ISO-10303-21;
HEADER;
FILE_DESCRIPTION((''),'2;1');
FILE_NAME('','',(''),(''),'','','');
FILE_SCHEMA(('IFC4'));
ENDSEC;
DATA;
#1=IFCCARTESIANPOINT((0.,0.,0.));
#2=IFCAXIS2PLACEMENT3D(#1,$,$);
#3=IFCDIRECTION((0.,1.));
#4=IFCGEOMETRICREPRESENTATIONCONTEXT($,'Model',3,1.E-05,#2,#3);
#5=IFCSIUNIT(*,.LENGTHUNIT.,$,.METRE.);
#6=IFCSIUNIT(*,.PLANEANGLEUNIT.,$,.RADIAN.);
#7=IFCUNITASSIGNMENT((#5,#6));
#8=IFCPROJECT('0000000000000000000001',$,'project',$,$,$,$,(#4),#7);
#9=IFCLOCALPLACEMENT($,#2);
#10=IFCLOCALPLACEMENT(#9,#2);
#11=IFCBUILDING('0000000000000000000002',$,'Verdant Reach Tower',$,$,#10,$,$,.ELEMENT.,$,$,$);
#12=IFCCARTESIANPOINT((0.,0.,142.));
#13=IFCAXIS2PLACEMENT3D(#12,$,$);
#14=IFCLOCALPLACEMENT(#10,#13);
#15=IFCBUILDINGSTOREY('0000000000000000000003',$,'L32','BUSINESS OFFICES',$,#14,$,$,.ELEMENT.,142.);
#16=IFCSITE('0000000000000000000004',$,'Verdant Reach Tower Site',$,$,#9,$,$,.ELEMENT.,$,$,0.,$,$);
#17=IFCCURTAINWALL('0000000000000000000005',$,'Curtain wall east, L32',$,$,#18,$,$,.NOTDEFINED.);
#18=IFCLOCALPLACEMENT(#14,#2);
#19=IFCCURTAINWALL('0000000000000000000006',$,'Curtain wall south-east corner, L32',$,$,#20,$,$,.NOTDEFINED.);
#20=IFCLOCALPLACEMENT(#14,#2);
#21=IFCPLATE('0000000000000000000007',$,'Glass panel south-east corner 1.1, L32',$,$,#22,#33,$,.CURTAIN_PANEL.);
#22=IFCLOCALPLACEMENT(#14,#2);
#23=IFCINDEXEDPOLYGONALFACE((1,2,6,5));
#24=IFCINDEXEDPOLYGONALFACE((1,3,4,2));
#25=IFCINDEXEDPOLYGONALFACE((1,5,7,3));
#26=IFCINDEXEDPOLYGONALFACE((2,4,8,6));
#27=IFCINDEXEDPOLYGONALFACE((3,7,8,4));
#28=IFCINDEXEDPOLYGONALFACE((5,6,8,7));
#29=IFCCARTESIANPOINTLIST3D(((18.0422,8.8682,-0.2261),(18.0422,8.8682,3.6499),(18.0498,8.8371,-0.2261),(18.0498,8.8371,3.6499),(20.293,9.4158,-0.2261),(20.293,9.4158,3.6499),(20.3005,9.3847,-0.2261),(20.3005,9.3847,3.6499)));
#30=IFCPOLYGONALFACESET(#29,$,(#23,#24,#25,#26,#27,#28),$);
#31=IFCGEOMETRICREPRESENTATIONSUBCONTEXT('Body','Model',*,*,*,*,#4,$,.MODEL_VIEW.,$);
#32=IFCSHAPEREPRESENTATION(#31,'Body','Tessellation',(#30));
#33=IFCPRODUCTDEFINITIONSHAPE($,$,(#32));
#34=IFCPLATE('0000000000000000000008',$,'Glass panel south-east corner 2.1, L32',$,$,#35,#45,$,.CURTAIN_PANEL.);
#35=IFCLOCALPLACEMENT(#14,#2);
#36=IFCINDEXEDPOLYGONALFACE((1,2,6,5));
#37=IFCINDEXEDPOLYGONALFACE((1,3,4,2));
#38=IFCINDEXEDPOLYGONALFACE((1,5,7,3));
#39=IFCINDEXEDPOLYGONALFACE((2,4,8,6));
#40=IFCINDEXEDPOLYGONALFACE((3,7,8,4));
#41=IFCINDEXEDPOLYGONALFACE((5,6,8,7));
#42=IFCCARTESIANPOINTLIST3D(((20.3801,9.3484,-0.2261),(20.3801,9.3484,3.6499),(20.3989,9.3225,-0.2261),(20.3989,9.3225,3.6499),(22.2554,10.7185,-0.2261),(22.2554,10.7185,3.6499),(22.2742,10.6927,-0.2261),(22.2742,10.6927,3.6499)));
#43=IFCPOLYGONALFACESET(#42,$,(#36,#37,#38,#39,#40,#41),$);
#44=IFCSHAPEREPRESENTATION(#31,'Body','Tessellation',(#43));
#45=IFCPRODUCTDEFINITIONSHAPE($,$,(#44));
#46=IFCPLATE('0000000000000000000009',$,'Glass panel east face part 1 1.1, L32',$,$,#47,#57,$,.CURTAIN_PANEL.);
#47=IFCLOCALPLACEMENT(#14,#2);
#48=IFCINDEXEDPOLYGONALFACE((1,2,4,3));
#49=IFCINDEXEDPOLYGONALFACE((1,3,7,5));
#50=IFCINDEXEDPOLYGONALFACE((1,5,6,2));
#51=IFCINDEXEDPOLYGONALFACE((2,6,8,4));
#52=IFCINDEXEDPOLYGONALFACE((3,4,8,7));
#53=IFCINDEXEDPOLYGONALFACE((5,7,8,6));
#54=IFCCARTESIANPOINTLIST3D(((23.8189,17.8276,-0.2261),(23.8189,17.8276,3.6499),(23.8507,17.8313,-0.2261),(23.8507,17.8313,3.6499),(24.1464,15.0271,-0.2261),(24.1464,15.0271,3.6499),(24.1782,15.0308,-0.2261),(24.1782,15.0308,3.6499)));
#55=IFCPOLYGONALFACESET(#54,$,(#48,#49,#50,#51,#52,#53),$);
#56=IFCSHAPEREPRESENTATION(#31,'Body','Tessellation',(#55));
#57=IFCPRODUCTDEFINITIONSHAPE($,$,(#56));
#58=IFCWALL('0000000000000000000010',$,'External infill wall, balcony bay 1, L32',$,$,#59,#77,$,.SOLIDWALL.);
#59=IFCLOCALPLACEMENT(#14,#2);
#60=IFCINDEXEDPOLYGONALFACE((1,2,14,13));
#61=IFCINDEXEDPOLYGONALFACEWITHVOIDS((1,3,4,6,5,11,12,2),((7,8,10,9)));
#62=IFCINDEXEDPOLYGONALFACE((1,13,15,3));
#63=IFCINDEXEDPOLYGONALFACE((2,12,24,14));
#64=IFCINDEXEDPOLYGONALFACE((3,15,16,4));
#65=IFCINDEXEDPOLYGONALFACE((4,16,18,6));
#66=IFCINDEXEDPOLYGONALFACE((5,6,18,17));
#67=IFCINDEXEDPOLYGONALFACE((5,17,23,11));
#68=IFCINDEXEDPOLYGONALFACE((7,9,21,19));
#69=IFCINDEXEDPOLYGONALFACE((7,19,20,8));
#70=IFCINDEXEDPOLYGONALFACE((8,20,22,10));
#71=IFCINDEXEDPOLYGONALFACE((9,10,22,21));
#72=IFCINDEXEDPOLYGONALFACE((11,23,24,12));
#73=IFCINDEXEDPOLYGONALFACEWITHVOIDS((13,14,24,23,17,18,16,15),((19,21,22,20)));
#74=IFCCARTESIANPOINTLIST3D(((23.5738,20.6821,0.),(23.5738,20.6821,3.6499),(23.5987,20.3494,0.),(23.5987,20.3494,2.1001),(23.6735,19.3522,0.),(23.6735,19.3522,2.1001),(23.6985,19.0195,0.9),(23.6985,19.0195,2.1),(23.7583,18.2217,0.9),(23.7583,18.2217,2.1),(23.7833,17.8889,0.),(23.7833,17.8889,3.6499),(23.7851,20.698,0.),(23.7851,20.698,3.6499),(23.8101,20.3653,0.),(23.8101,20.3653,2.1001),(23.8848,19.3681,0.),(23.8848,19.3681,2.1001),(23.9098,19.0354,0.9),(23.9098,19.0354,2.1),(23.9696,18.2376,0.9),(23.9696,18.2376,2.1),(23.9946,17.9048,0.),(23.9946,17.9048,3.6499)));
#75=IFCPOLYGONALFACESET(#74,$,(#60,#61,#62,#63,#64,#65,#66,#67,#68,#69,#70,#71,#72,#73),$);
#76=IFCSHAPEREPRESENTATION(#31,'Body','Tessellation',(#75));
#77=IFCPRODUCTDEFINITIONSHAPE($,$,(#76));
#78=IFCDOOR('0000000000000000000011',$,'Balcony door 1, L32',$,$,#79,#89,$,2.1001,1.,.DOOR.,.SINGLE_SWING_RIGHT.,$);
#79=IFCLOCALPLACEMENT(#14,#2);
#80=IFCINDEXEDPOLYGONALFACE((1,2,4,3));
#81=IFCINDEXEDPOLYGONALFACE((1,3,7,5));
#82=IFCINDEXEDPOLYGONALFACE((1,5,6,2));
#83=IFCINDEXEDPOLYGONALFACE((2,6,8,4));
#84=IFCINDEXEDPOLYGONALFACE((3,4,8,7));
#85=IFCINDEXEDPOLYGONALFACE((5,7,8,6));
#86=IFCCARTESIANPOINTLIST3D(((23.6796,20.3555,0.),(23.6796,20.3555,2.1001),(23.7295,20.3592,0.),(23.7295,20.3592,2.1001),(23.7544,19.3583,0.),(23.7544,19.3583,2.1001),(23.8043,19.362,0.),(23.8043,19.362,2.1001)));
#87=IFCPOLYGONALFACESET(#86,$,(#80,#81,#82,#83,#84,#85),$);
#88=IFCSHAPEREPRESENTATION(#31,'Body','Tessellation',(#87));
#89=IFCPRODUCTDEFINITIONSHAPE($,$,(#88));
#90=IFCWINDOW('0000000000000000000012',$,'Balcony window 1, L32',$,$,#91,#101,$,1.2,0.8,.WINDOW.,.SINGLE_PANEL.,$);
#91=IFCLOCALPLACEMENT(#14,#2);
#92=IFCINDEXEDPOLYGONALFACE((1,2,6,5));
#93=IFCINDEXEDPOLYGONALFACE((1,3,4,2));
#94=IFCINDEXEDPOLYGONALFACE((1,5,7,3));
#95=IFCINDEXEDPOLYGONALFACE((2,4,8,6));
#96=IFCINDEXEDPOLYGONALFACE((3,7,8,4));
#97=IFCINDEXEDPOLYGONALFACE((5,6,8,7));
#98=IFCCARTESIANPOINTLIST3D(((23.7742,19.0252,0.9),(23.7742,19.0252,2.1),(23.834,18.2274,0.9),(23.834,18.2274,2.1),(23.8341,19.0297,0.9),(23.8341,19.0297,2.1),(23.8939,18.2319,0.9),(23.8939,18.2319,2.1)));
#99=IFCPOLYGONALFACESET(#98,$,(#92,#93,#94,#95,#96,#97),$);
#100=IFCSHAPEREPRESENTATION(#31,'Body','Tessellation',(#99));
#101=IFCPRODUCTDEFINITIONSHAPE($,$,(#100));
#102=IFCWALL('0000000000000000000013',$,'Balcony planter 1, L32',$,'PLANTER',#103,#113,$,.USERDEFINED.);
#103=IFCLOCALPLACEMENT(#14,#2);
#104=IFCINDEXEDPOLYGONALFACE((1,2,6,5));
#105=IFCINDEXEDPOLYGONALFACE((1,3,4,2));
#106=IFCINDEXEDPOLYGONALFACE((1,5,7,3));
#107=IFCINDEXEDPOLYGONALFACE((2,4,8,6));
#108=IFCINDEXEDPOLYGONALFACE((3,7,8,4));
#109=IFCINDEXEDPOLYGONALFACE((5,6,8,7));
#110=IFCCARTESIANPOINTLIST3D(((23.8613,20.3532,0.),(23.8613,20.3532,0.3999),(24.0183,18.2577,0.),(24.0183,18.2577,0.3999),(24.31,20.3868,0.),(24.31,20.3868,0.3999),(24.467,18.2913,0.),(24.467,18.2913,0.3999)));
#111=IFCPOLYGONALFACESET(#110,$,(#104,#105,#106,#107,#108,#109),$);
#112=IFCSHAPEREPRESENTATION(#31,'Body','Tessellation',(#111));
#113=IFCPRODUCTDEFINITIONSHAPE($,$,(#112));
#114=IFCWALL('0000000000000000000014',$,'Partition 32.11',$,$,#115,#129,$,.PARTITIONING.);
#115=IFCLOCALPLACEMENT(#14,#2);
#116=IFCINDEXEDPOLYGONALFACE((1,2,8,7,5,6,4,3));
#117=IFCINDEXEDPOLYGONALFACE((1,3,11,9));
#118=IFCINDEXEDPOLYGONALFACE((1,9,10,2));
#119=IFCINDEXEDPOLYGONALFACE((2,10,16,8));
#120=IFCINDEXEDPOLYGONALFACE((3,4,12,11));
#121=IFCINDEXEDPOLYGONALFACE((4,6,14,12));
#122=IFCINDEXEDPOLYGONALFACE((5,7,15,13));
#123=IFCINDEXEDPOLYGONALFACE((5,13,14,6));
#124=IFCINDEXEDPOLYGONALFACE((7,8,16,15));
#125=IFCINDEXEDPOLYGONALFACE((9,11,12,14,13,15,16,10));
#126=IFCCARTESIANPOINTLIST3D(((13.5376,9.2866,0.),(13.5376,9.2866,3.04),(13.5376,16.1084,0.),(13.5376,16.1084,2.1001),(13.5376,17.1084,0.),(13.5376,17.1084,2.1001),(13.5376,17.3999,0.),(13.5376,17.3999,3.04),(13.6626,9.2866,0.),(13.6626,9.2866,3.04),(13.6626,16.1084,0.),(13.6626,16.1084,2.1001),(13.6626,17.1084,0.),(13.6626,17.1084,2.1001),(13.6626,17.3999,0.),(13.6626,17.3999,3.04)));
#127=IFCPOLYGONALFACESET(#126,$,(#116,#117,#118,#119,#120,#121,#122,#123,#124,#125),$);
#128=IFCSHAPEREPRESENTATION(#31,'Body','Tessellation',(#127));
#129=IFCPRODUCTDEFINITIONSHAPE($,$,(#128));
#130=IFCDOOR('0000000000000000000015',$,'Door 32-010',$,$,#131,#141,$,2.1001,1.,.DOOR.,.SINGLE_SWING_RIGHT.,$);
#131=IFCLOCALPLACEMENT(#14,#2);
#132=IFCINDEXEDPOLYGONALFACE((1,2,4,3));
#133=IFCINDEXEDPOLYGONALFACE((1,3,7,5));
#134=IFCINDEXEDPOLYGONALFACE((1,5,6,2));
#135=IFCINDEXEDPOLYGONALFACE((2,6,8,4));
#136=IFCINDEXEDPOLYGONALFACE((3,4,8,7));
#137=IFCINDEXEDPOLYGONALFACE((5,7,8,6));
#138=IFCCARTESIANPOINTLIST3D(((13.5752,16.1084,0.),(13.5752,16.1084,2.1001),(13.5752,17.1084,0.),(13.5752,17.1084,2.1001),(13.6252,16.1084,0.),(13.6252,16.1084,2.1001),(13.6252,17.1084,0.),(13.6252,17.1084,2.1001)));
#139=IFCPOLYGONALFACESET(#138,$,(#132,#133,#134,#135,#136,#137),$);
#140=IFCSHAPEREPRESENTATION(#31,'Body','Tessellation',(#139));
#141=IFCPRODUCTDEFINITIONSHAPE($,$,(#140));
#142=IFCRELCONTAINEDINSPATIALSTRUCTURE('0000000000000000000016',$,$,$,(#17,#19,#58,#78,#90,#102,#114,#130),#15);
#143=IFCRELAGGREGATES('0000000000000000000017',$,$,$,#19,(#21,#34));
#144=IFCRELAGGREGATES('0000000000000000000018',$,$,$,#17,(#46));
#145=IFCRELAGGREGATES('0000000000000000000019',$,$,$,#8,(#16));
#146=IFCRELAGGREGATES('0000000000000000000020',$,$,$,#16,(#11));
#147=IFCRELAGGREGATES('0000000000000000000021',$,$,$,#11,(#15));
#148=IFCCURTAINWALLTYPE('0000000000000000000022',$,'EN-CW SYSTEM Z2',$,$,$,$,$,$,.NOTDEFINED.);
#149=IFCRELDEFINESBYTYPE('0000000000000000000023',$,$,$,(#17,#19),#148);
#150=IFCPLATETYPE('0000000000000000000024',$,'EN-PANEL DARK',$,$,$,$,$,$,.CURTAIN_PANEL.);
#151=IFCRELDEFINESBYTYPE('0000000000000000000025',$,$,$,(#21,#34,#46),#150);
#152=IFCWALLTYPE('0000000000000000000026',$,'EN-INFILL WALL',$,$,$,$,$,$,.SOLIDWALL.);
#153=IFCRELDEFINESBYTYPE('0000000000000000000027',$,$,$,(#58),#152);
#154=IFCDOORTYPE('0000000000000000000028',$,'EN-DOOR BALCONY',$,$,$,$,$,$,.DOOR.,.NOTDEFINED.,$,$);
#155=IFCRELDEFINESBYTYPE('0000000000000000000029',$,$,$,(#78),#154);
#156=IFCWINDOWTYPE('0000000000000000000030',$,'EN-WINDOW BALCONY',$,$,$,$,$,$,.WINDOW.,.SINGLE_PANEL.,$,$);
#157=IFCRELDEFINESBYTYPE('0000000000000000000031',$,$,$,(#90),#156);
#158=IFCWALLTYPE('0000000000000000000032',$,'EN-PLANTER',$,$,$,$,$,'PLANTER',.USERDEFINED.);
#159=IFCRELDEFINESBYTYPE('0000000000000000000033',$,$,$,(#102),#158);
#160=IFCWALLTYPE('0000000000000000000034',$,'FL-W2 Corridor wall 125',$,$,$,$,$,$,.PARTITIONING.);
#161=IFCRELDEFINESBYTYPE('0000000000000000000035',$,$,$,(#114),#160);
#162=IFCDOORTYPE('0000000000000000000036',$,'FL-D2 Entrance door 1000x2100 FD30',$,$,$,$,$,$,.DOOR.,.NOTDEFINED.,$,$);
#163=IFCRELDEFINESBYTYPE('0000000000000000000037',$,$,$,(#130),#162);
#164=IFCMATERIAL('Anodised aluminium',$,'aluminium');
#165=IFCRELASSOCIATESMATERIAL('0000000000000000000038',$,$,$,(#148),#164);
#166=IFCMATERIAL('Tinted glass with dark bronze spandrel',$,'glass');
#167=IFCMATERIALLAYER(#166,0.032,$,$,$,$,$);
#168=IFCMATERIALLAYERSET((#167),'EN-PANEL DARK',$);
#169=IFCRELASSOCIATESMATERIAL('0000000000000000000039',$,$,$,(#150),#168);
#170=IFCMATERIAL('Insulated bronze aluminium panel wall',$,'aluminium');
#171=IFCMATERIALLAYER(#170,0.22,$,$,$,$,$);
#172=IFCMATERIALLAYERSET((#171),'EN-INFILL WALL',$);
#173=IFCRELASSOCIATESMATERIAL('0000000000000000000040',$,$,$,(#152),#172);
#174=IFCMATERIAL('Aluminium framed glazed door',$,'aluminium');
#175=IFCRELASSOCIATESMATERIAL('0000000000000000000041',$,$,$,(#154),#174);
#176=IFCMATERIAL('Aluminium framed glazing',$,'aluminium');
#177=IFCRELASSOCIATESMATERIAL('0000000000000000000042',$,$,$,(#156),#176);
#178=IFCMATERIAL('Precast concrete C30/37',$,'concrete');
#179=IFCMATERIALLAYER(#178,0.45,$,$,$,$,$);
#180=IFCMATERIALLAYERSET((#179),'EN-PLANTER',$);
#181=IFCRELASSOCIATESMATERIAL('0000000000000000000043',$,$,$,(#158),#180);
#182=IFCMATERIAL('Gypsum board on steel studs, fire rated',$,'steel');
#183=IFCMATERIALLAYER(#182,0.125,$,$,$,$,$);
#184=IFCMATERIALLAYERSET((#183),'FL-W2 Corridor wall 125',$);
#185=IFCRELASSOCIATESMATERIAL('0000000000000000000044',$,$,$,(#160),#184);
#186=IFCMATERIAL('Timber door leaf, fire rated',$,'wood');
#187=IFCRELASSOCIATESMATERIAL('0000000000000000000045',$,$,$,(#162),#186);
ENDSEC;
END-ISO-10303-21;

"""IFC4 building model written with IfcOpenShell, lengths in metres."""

from ifc_helpers import new_model, si_unit, direction, frame, frame_2d, origin, origin_2d, place, context, subcontext, project, spatial, rectangle, extrude, material, layer, layer_set, type_object, element, fill, aggregate, save


model = new_model("IFC4")

# Units and contexts
model_context = context("Model", 3, precision=1e-05, world=origin(), true_north=direction((0.0, 1.0)))
body_context = subcontext(model_context, "Body", "Model", "MODEL_VIEW")
ifc_project = project(units=[si_unit("LENGTHUNIT", "METRE"), si_unit("PLANEANGLEUNIT", "RADIAN")], contexts=[model_context])

# Site, building, storey
site_placement = place(None, origin())
site = spatial("IfcSite", under=ifc_project, at=site_placement, Name="Verdant Reach Tower Site", CompositionType="ELEMENT", RefElevation=0.0)
building_placement = place(site_placement, origin())
building = spatial("IfcBuilding", under=site, at=building_placement, Name="Verdant Reach Tower", CompositionType="ELEMENT")
storey_placement = place(building_placement, frame((0.0, 0.0, 142.0)))
storey = spatial("IfcBuildingStorey", under=building, at=storey_placement, Name="L32", Description="BUSINESS OFFICES", CompositionType="ELEMENT", Elevation=142.0)

# Curtain wall
ifc_material_1 = material(Name="Anodised aluminium", Category="aluminium")
curtain_wall_type = type_object("IfcCurtainWallType", Name="EN-CW SYSTEM Z2", PredefinedType="NOTDEFINED", material=ifc_material_1)
curtain_wall_1_placement = place(storey_placement, origin())
curtain_wall_1 = element("IfcCurtainWall", 1, at=curtain_wall_1_placement, inside=storey, type_object=curtain_wall_type, Name="Curtain wall east, L32", PredefinedType="NOTDEFINED")

# Curtain wall
curtain_wall_2_placement = place(storey_placement, origin())
curtain_wall_2 = element("IfcCurtainWall", 2, at=curtain_wall_2_placement, inside=storey, type_object=curtain_wall_type, Name="Curtain wall south-east corner, L32", PredefinedType="NOTDEFINED")

# Plates
ifc_material_2 = material(Name="Tinted glass with dark bronze spandrel", Category="glass")
ifc_layer_1 = layer(ifc_material_2, 0.032)
ifc_layer_set_1 = layer_set([ifc_layer_1], Name="EN-PANEL DARK")
plate_type_1 = type_object("IfcPlateType", Name="EN-PANEL DARK", PredefinedType="CURTAIN_PANEL", material=ifc_layer_set_1)
plate_1_placement = place(storey_placement, frame((19.1714, 9.1265, -0.2261), z_axis=(0.0, 0.0, 1.0), x_axis=(0.971658, 0.236391, 0.0)))
plate_1 = element("IfcPlate", 3, at=plate_1_placement, type_object=plate_type_1, Name="Glass panel south-east corner 1.1, L32", PredefinedType="CURTAIN_PANEL", context=body_context, shape_type="SweptSolid", body=[
    extrude(rectangle(XDim=2.3164, YDim=0.032, at=origin_2d()), origin(), (0.0, 0.0, 1.0), 3.876),
])
plate_2_placement = place(storey_placement, frame((21.3271, 10.0205, -0.2261), z_axis=(0.0, 0.0, 1.0), x_axis=(0.807457, 0.589927, 0.0)))
plate_2 = element("IfcPlate", 4, at=plate_2_placement, type_object=plate_type_1, Name="Glass panel south-east corner 2.1, L32", PredefinedType="CURTAIN_PANEL", context=body_context, shape_type="SweptSolid", body=[
    extrude(rectangle(XDim=2.3225, YDim=0.032, at=origin_2d()), origin(), (0.0, 0.0, 1.0), 3.876),
])
aggregate(curtain_wall_2, [plate_1, plate_2])
plate_3_placement = place(storey_placement, frame((23.9985, 16.4292, -0.2261), z_axis=(0.0, 0.0, 1.0), x_axis=(-0.116147, 0.993232, 0.0)))
plate_3 = element("IfcPlate", 5, at=plate_3_placement, type_object=plate_type_1, Name="Glass panel east face part 1 1.1, L32", PredefinedType="CURTAIN_PANEL", context=body_context, shape_type="SweptSolid", body=[
    extrude(rectangle(XDim=2.8196, YDim=0.032, at=origin_2d()), origin(), (0.0, 0.0, 1.0), 3.876),
])
aggregate(curtain_wall_1, [plate_3])

# Wall, openings, door, window
ifc_material_3 = material(Name="Insulated bronze aluminium panel wall", Category="aluminium")
ifc_layer_2 = layer(ifc_material_3, 0.22)
ifc_layer_set_2 = layer_set([ifc_layer_2], Name="EN-INFILL WALL")
wall_type_1 = type_object("IfcWallType", Name="EN-INFILL WALL", PredefinedType="SOLIDWALL", material=ifc_layer_set_2)
wall_1_placement = place(storey_placement, frame((23.8889, 17.897, 0.0), z_axis=(0.0, 0.0, 1.0), x_axis=(-0.074783, 0.9972, 0.0)))
wall_1 = element("IfcWall", 6, at=wall_1_placement, inside=storey, type_object=wall_type_1, Name="External infill wall, balcony bay 1, L32", PredefinedType="SOLIDWALL", context=body_context, shape_type="SweptSolid", body=[
    extrude(rectangle(XDim=2.801, YDim=0.2119, at=frame_2d((1.4004, 0.0))), origin(), (0.0, 0.0, 1.0), 3.6499),
])
opening_1_placement = place(wall_1_placement, frame((1.4673, 0.0, 0.0)))
opening_1 = element("IfcOpeningElement", 7, at=opening_1_placement, cuts=wall_1, PredefinedType="OPENING", context=body_context, shape_type="SweptSolid", body=[
    extrude(rectangle(XDim=1.0, YDim=2.1001, at=frame_2d((0.5, 1.05))), frame((0.0, 0.116, 0.0), z_axis=(0.0, -1.0, 0.0), x_axis=(1.0, 0.0, 0.0)), (0.0, 0.0, 1.0), 0.2319),
])
opening_2_placement = place(wall_1_placement, frame((0.3337, 0.0, 0.8999)))
opening_2 = element("IfcOpeningElement", 8, at=opening_2_placement, cuts=wall_1, PredefinedType="OPENING", context=body_context, shape_type="SweptSolid", body=[
    extrude(rectangle(XDim=0.8, YDim=1.2, at=frame_2d((0.3999, 0.6001))), frame((0.0, 0.116, 0.0), z_axis=(0.0, -1.0, 0.0), x_axis=(1.0, 0.0, 0.0)), (0.0, 0.0, 1.0), 0.2319),
])
ifc_material_4 = material(Name="Aluminium framed glazed door", Category="aluminium")
door_type_1 = type_object("IfcDoorType", Name="EN-DOOR BALCONY", OperationType="NOTDEFINED", PredefinedType="DOOR", material=ifc_material_4)
door_1_placement = place(opening_1_placement, origin())
door_1 = element("IfcDoor", 9, at=door_1_placement, inside=storey, type_object=door_type_1, Name="Balcony door 1, L32", OperationType="SINGLE_SWING_RIGHT", OverallHeight=2.1001, OverallWidth=1.0, PredefinedType="DOOR", context=body_context, shape_type="SweptSolid", body=[
    extrude(rectangle(XDim=1.0, YDim=2.1001, at=frame_2d((0.5, 1.05))), frame((0.0, 0.0249, 0.0), z_axis=(0.0, -1.0, 0.0), x_axis=(1.0, 0.0, 0.0)), (0.0, 0.0, 1.0), 0.05),
])
fill(opening_1, door_1)
ifc_material_5 = material(Name="Aluminium framed glazing", Category="aluminium")
window_type = type_object("IfcWindowType", Name="EN-WINDOW BALCONY", PartitioningType="SINGLE_PANEL", PredefinedType="WINDOW", material=ifc_material_5)
window_placement = place(opening_2_placement, origin())
window = element("IfcWindow", 10, at=window_placement, inside=storey, type_object=window_type, Name="Balcony window 1, L32", OverallHeight=1.2, OverallWidth=0.8, PartitioningType="SINGLE_PANEL", PredefinedType="WINDOW", context=body_context, shape_type="SweptSolid", body=[
    extrude(rectangle(XDim=0.8, YDim=1.2, at=frame_2d((0.3999, 0.6001))), frame((0.0, 0.03, 0.0), z_axis=(0.0, -1.0, 0.0), x_axis=(1.0, 0.0, 0.0)), (0.0, 0.0, 1.0), 0.0601),
])
fill(opening_2, window)

# Wall
ifc_material_6 = material(Name="Precast concrete C30/37", Category="concrete")
ifc_layer_3 = layer(ifc_material_6, 0.45)
ifc_layer_set_3 = layer_set([ifc_layer_3], Name="EN-PLANTER")
wall_type_2 = type_object("IfcWallType", Name="EN-PLANTER", ElementType="PLANTER", PredefinedType="USERDEFINED", material=ifc_layer_set_3)
wall_2_placement = place(storey_placement, frame((24.2427, 18.2744, 0.0), z_axis=(0.0, 0.0, 1.0), x_axis=(-0.074706, 0.997206, 0.0)))
element("IfcWall", 11, at=wall_2_placement, inside=storey, type_object=wall_type_2, Name="Balcony planter 1, L32", ObjectType="PLANTER", PredefinedType="USERDEFINED", context=body_context, shape_type="SweptSolid", body=[
    extrude(rectangle(XDim=2.1013, YDim=0.45, at=frame_2d((1.0508, 0.0))), origin(), (0.0, 0.0, 1.0), 0.3999),
])

# Wall, opening, door
ifc_material_7 = material(Name="Gypsum board on steel studs, fire rated", Category="steel")
ifc_layer_4 = layer(ifc_material_7, 0.125)
ifc_layer_set_4 = layer_set([ifc_layer_4], Name="FL-W2 Corridor wall 125")
wall_type_3 = type_object("IfcWallType", Name="FL-W2 Corridor wall 125", PredefinedType="PARTITIONING", material=ifc_layer_set_4)
wall_3_placement = place(storey_placement, frame((13.6001, 9.2866, 0.0), z_axis=(0.0, 0.0, 1.0), x_axis=(0.0, 1.0, 0.0)))
wall_3 = element("IfcWall", 12, at=wall_3_placement, inside=storey, type_object=wall_type_3, Name="Partition 32.11", PredefinedType="PARTITIONING", context=body_context, shape_type="SweptSolid", body=[
    extrude(rectangle(XDim=8.1133, YDim=0.125, at=frame_2d((4.0566, 0.0))), origin(), (0.0, 0.0, 1.0), 3.04),
])
opening_3_placement = place(wall_3_placement, frame((6.8218, 0.0, 0.0)))
opening_3 = element("IfcOpeningElement", 13, at=opening_3_placement, cuts=wall_3, PredefinedType="OPENING", context=body_context, shape_type="SweptSolid", body=[
    extrude(rectangle(XDim=1.0, YDim=2.1001, at=frame_2d((0.5, 1.05))), frame((0.0, 0.0725, 0.0), z_axis=(0.0, -1.0, 0.0), x_axis=(1.0, 0.0, 0.0)), (0.0, 0.0, 1.0), 0.145),
])
ifc_material_8 = material(Name="Timber door leaf, fire rated", Category="wood")
door_type_2 = type_object("IfcDoorType", Name="FL-D2 Entrance door 1000x2100 FD30", OperationType="NOTDEFINED", PredefinedType="DOOR", material=ifc_material_8)
door_2_placement = place(opening_3_placement, origin())
door_2 = element("IfcDoor", 14, at=door_2_placement, inside=storey, type_object=door_type_2, Name="Door 32-010", OperationType="SINGLE_SWING_RIGHT", OverallHeight=2.1001, OverallWidth=1.0, PredefinedType="DOOR", context=body_context, shape_type="SweptSolid", body=[
    extrude(rectangle(XDim=1.0, YDim=2.1001, at=frame_2d((0.5, 1.05))), frame((0.0, 0.0249, 0.0), z_axis=(0.0, -1.0, 0.0), x_axis=(1.0, 0.0, 0.0)), (0.0, 0.0, 1.0), 0.05),
])
fill(opening_3, door_2)

save(model, "model.ifc")
